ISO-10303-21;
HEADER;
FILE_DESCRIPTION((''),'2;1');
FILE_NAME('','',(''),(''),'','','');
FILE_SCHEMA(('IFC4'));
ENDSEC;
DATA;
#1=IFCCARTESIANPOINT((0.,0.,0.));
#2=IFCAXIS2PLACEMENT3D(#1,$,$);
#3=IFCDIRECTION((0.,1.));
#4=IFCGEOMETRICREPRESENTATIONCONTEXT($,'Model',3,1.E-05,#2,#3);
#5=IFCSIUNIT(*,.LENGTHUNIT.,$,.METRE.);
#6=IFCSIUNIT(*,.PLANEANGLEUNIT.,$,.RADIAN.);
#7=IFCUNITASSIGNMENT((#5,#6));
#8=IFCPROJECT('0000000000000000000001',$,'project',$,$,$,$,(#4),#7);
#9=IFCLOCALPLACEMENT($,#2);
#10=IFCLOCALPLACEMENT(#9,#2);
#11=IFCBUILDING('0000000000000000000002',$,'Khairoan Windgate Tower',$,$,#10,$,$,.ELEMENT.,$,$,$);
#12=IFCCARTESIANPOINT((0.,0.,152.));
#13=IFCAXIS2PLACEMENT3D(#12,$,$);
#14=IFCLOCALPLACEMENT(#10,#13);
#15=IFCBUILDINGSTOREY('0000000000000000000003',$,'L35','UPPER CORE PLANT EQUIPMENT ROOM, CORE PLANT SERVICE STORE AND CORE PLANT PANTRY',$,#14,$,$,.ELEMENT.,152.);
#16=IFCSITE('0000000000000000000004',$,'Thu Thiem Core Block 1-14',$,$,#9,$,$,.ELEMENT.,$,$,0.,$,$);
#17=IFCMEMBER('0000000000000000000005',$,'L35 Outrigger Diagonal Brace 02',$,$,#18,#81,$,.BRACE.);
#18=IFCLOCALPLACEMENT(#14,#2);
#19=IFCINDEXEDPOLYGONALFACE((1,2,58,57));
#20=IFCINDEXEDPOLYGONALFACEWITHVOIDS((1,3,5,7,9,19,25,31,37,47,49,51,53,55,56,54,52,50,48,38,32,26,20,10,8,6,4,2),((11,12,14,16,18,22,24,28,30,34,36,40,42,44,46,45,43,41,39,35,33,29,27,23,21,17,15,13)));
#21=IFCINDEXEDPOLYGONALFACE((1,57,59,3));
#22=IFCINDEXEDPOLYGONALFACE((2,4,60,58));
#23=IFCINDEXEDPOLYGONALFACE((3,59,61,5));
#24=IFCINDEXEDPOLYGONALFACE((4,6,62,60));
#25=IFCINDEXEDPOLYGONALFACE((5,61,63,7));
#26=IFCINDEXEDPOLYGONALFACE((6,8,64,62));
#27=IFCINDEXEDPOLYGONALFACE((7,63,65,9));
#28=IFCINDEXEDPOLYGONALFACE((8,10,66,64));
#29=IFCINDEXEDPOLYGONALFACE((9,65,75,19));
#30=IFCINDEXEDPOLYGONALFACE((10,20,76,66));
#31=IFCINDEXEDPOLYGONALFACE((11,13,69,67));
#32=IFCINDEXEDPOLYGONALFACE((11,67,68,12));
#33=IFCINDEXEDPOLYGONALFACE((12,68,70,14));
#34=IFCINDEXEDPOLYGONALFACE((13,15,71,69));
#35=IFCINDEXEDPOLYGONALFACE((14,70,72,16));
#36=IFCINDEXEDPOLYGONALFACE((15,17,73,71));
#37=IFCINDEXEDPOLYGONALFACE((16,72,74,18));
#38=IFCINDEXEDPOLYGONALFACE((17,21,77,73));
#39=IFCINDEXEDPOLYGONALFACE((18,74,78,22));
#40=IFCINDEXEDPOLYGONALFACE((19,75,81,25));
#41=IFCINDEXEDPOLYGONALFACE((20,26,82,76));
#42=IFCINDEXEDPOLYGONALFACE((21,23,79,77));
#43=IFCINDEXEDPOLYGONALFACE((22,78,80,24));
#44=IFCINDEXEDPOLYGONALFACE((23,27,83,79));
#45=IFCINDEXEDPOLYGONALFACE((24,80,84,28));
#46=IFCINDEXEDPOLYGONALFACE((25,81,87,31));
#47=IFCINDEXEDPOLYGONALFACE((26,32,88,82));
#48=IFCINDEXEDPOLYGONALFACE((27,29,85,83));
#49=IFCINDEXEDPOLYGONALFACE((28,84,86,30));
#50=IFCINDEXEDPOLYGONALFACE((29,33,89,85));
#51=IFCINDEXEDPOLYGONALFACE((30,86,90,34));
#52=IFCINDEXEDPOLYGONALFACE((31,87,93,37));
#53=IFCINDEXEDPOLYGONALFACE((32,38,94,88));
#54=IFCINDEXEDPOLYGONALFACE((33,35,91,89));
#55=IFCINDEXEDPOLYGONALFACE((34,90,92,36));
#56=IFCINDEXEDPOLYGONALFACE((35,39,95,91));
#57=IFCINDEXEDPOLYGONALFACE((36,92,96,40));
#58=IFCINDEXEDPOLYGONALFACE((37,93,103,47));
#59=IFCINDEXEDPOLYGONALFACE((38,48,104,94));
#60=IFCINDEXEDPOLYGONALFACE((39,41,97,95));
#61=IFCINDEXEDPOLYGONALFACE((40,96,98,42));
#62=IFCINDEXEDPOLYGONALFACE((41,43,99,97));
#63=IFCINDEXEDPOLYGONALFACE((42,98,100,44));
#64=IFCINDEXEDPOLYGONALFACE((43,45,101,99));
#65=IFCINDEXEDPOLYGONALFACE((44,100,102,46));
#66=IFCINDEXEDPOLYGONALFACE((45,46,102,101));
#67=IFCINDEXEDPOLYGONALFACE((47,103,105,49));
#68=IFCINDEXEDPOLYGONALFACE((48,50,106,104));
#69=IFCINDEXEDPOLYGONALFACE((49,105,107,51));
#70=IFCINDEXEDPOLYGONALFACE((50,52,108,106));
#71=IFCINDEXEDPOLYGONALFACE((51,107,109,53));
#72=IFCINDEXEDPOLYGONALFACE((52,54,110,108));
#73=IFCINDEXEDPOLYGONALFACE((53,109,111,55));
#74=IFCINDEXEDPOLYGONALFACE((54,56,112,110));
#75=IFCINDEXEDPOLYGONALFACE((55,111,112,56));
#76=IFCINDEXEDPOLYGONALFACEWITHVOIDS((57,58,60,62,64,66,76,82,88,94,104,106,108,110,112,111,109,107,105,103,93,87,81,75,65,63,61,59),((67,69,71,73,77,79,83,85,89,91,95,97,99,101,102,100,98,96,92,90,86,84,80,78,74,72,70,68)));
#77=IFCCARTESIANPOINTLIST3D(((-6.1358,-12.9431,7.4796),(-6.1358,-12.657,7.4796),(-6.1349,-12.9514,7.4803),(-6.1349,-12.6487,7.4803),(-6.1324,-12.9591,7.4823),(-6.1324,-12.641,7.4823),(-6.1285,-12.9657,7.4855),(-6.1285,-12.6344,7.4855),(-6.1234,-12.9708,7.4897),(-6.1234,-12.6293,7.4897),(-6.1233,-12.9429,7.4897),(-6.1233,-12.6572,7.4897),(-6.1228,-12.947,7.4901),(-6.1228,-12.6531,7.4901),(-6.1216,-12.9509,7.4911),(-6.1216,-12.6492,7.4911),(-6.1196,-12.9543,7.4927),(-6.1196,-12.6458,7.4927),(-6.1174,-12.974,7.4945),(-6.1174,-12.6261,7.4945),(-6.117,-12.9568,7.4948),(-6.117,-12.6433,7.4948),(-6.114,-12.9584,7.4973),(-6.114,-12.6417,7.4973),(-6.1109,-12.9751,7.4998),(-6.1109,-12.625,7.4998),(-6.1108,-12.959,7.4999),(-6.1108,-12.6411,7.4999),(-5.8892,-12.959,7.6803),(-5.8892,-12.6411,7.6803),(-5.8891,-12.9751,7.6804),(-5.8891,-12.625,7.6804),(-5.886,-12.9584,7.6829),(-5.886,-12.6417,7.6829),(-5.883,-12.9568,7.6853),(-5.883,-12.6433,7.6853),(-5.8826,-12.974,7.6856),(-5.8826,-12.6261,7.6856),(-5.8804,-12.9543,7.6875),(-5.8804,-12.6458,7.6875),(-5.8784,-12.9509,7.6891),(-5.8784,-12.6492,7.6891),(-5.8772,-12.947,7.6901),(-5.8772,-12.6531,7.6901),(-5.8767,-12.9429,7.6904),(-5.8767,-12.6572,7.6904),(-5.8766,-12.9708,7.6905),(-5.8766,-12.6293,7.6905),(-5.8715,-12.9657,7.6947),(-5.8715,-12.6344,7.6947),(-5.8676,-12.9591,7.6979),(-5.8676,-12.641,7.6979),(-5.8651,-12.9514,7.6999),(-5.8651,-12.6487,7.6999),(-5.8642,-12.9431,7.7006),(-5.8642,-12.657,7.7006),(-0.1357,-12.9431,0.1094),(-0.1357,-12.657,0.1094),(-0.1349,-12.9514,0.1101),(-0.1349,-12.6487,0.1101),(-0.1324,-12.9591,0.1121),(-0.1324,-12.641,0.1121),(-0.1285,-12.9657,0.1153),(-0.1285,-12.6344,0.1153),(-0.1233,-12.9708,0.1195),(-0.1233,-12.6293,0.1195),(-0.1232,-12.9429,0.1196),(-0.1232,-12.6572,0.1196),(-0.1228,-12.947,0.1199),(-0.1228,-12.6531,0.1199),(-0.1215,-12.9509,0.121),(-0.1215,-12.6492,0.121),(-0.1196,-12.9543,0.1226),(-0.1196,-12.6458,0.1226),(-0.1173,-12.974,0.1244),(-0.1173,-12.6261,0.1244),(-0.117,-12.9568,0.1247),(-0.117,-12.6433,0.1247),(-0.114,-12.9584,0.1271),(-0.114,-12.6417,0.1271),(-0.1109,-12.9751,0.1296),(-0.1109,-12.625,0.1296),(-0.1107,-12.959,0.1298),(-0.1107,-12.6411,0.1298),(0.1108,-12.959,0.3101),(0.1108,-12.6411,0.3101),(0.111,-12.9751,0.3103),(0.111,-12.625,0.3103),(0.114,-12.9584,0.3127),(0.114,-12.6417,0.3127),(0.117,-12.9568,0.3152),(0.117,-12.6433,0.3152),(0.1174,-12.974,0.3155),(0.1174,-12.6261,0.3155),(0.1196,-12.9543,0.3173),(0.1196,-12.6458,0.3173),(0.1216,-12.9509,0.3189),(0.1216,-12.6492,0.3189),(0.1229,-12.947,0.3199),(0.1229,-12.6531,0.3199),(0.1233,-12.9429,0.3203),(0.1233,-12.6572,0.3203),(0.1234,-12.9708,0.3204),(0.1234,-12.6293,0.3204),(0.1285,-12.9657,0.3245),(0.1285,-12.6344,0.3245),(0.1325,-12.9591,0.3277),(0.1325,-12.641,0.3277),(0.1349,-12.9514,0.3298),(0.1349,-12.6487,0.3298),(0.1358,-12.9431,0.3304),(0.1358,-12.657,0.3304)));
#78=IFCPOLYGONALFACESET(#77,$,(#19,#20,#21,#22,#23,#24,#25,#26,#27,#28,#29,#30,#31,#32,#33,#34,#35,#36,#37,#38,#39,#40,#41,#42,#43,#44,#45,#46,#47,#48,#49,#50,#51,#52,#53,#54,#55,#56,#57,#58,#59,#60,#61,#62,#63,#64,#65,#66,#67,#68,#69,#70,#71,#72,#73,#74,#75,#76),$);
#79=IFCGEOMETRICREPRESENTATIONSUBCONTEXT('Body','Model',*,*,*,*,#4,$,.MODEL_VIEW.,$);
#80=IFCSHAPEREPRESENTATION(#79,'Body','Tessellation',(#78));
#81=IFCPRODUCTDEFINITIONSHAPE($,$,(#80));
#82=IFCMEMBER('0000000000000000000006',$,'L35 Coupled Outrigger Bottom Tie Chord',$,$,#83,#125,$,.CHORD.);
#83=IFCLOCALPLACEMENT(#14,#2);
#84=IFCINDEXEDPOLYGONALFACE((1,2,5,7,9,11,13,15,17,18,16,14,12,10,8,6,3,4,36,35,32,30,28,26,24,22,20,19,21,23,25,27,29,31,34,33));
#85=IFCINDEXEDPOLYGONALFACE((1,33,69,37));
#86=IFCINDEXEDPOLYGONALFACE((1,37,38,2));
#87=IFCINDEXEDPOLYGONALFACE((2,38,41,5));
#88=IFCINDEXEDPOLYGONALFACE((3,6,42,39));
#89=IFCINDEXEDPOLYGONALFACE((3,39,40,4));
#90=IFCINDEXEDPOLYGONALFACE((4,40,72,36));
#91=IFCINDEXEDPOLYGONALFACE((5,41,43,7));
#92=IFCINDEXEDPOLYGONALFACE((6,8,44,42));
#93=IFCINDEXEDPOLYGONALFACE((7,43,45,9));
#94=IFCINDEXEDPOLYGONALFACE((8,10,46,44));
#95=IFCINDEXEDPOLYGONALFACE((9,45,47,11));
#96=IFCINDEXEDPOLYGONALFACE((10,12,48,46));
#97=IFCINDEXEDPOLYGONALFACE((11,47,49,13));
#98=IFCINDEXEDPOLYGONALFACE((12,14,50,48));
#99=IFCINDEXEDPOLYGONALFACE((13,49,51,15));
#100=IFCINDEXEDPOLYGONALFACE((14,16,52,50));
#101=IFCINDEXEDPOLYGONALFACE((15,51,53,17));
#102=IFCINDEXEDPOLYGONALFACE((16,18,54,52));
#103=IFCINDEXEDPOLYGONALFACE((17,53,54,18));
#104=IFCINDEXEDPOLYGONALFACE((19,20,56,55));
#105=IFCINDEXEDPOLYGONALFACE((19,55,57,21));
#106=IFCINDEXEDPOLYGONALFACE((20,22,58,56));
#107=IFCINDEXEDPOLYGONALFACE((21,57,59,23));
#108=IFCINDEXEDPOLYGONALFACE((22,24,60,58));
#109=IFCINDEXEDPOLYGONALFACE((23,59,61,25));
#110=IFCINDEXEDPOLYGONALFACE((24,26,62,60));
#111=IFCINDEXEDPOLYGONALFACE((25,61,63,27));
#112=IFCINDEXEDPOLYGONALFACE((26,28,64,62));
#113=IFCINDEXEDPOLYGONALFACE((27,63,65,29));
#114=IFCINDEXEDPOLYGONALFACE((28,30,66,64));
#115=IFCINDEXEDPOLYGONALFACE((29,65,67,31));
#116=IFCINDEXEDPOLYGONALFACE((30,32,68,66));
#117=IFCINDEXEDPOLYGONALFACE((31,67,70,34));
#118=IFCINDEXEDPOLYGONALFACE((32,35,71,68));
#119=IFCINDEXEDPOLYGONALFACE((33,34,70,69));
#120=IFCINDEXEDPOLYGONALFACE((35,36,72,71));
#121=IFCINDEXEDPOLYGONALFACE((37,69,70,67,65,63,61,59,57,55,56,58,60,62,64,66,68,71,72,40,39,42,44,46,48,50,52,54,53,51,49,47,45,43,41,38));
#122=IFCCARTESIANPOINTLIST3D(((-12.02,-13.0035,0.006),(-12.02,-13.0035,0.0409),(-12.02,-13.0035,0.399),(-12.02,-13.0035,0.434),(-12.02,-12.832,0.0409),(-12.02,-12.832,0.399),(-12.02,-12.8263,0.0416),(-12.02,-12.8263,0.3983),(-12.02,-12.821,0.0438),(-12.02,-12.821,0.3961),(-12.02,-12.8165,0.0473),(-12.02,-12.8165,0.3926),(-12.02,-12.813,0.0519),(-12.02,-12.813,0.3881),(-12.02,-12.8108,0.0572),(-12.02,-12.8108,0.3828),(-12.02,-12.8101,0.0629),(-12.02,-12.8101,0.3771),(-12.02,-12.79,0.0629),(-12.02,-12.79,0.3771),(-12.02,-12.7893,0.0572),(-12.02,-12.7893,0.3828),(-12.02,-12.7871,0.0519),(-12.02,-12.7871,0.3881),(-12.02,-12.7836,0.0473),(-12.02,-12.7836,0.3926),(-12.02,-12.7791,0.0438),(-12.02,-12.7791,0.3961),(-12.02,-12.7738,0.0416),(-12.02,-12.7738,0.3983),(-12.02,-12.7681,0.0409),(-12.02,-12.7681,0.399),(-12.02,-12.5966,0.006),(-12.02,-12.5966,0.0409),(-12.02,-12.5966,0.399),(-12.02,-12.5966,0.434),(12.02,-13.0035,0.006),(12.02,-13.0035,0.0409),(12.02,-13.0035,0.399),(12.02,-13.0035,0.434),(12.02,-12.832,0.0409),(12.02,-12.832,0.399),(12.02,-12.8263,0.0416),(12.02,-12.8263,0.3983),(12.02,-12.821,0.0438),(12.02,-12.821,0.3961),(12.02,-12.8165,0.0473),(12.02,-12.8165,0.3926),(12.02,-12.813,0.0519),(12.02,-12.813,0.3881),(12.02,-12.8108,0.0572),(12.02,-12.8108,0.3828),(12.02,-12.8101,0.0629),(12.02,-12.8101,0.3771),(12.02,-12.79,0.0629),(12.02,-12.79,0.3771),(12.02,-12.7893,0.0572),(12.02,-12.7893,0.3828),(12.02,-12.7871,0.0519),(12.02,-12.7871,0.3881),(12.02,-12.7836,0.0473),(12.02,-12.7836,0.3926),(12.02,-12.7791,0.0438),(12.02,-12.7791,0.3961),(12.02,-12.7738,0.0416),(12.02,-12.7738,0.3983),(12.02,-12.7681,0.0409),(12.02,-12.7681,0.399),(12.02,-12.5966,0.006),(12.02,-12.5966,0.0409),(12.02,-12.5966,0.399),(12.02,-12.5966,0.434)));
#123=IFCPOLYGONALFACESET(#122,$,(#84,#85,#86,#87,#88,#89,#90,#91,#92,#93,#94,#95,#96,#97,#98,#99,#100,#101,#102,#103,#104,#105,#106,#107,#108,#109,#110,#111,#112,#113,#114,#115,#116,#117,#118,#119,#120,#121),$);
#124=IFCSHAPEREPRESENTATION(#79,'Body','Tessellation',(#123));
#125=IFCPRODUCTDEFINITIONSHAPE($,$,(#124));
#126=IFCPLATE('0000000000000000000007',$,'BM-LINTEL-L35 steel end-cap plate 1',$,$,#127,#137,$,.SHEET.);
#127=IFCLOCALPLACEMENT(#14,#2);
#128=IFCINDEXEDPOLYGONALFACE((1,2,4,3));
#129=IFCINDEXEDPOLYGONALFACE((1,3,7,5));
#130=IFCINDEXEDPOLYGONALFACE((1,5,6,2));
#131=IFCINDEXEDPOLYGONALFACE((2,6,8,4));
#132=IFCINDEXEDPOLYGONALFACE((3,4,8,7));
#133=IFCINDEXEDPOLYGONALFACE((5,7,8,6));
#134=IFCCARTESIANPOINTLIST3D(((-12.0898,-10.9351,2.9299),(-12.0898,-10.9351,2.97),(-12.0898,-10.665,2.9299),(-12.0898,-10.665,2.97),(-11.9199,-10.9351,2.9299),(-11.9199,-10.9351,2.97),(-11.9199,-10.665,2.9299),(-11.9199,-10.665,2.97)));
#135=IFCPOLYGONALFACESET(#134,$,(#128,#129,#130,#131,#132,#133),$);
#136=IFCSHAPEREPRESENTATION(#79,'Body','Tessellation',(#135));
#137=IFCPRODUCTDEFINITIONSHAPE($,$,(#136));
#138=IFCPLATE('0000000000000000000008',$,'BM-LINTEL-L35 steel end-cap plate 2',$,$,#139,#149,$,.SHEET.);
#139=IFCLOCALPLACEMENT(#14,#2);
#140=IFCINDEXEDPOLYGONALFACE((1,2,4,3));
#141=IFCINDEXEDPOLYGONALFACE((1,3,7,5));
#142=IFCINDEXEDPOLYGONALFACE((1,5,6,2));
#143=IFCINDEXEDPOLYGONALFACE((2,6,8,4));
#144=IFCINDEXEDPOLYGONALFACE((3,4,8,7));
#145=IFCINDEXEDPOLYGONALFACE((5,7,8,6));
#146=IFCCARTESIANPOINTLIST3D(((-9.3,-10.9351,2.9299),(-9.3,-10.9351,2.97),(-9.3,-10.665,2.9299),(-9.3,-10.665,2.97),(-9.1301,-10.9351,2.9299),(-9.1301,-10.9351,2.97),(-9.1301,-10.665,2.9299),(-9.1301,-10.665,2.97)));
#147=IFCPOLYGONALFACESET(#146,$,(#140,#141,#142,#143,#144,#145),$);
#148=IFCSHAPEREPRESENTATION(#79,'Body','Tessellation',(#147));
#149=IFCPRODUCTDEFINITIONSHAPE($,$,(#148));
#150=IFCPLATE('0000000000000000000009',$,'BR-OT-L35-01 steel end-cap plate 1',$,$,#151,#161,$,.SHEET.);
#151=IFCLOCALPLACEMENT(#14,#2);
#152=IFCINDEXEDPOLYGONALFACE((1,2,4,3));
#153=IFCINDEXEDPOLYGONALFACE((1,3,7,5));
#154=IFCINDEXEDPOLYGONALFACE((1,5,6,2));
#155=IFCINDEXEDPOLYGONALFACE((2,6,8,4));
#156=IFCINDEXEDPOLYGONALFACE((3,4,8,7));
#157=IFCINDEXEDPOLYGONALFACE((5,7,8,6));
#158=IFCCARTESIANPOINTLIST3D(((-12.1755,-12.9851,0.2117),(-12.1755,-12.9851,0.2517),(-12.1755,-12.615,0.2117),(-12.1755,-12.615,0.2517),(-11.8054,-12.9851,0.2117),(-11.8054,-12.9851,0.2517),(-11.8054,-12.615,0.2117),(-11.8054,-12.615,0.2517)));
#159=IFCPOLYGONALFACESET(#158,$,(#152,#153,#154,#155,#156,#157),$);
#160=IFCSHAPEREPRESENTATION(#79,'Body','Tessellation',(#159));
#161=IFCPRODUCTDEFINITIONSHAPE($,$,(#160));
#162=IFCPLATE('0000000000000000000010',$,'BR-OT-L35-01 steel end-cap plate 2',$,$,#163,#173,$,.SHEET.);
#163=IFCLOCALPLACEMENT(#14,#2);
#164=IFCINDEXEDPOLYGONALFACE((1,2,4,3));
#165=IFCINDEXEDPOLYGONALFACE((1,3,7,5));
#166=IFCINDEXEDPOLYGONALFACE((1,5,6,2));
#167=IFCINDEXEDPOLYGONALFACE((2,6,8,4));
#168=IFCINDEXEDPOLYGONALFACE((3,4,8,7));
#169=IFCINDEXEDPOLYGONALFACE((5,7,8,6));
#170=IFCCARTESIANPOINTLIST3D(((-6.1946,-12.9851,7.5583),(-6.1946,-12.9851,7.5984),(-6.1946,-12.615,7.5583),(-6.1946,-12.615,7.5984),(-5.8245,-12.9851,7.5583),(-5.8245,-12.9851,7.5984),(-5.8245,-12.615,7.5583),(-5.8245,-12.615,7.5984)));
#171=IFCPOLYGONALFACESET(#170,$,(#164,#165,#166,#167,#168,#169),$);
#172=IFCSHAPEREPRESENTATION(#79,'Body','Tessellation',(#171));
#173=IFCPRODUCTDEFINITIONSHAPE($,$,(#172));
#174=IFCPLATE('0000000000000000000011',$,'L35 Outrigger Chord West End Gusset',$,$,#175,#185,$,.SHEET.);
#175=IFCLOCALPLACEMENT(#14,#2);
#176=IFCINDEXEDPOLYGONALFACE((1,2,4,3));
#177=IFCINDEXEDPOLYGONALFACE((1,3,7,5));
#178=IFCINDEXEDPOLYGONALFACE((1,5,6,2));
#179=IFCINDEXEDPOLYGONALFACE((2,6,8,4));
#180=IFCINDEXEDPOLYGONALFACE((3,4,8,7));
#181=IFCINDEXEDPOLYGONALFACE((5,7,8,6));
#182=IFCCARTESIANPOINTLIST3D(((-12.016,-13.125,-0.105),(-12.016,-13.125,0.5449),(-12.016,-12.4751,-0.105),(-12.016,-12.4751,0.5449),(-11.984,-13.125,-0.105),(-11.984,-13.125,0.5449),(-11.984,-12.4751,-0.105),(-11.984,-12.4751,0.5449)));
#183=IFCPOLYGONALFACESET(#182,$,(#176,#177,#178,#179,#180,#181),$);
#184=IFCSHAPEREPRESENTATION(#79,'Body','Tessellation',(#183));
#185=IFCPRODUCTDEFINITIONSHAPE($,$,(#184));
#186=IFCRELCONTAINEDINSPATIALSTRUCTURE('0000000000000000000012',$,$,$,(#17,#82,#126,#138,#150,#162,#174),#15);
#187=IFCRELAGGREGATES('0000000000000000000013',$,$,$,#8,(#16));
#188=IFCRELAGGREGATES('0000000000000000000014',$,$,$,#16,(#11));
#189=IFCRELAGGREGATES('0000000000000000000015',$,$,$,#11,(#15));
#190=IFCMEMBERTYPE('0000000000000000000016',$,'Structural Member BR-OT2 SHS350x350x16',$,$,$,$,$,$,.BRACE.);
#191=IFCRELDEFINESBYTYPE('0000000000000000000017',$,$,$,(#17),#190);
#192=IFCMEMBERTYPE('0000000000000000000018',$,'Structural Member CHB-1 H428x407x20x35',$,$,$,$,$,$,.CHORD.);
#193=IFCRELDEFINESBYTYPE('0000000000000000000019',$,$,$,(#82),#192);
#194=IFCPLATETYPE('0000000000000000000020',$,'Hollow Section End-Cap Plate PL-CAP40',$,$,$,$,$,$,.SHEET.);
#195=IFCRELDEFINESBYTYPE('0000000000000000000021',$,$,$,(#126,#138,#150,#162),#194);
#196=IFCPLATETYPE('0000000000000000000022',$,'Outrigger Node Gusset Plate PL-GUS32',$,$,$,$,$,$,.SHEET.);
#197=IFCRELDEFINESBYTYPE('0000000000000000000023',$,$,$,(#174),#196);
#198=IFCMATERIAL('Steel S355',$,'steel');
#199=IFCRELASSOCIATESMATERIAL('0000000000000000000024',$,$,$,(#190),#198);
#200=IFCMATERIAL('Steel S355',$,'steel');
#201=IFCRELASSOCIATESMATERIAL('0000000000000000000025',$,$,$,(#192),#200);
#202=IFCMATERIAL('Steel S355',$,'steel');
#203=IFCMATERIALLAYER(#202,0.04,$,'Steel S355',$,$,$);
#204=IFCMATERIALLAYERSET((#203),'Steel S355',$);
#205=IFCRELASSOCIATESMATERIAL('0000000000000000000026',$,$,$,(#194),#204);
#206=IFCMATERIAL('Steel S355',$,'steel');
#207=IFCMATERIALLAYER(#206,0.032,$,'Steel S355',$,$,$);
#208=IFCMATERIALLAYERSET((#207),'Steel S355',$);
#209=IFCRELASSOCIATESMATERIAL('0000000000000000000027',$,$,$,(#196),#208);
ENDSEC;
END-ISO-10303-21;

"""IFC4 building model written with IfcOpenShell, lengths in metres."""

from ifc_helpers import new_model, si_unit, direction, frame, origin, origin_2d, place, context, subcontext, project, spatial, rectangle, hollow_rectangle, i_section, extrude, material, layer, layer_set, material_profile, profile_set, type_object, element, save


model = new_model("IFC4")

# Units and contexts
model_context = context("Model", 3, precision=1e-05, world=origin(), true_north=direction((0.0, 1.0)))
body_context = subcontext(model_context, "Body", "Model", "MODEL_VIEW")
ifc_project = project(units=[si_unit("LENGTHUNIT", "METRE"), si_unit("PLANEANGLEUNIT", "RADIAN")], contexts=[model_context])

# Site, building, storey
site_placement = place(None, origin())
site = spatial("IfcSite", under=ifc_project, at=site_placement, Name="Thu Thiem Core Block 1-14", CompositionType="ELEMENT", RefElevation=0.0)
building_placement = place(site_placement, origin())
building = spatial("IfcBuilding", under=site, at=building_placement, Name="Khairoan Windgate Tower", CompositionType="ELEMENT")
storey_placement = place(building_placement, frame((0.0, 0.0, 152.0)))
storey = spatial("IfcBuildingStorey", under=building, at=storey_placement, Name="L35", Description="UPPER CORE PLANT EQUIPMENT ROOM, CORE PLANT SERVICE STORE AND CORE PLANT PANTRY", CompositionType="ELEMENT", Elevation=152.0)

# Members
ifc_material_1 = material(Name="Steel S355", Category="steel")
ifc_material_profile_1 = material_profile(ifc_material_1, hollow_rectangle(XDim=0.3501, YDim=0.3501, WallThickness=0.0161, InnerFilletRadius=0.0161, OuterFilletRadius=0.032, at=origin_2d()))
ifc_profile_set_1 = profile_set([ifc_material_profile_1], Name="Steel S355")
member_type_1 = type_object("IfcMemberType", Name="Structural Member BR-OT2 SHS350x350x16", PredefinedType="BRACE", material=ifc_profile_set_1)
for number, where, z_axis, x_axis, name in (
    (1, (-6.0, -12.8, 7.5901), (0.631339, 0.0, -0.775507), (0.0, 1.0, 0.0), "L35 Outrigger Diagonal Brace 02"),
):
    element("IfcMember", number, at=place(storey_placement, frame(where, z_axis=z_axis, x_axis=x_axis)), inside=storey, type_object=member_type_1, Name=name, PredefinedType="BRACE", context=body_context, shape_type="SweptSolid", body=[
        extrude(hollow_rectangle(XDim=0.3501, YDim=0.3501, WallThickness=0.0161, InnerFilletRadius=0.0161, OuterFilletRadius=0.032, at=origin_2d()), origin(), (0.0, 0.0, 1.0), 9.5037),
    ])
ifc_material_2 = material(Name="Steel S355", Category="steel")
ifc_material_profile_2 = material_profile(ifc_material_2, i_section(OverallWidth=0.407, OverallDepth=0.428, WebThickness=0.02, FlangeThickness=0.0349, FilletRadius=0.022, at=origin_2d()))
ifc_profile_set_2 = profile_set([ifc_material_profile_2], Name="Steel S355")
member_type_2 = type_object("IfcMemberType", Name="Structural Member CHB-1 H428x407x20x35", PredefinedType="CHORD", material=ifc_profile_set_2)
member_placement = place(storey_placement, frame((-12.02, -12.8, 0.22), z_axis=(1.0, 0.0, 0.0), x_axis=(0.0, 1.0, 0.0)))
element("IfcMember", 2, at=member_placement, inside=storey, type_object=member_type_2, Name="L35 Coupled Outrigger Bottom Tie Chord", PredefinedType="CHORD", context=body_context, shape_type="SweptSolid", body=[
    extrude(i_section(OverallWidth=0.407, OverallDepth=0.428, WebThickness=0.02, FlangeThickness=0.0349, FilletRadius=0.022, at=origin_2d()), origin(), (0.0, 0.0, 1.0), 24.04),
])

# Plates
ifc_material_3 = material(Name="Steel S355", Category="steel")
ifc_layer_1 = layer(ifc_material_3, 0.04, Name="Steel S355")
ifc_layer_set_1 = layer_set([ifc_layer_1], Name="Steel S355")
plate_type_1 = type_object("IfcPlateType", Name="Hollow Section End-Cap Plate PL-CAP40", PredefinedType="SHEET", material=ifc_layer_set_1)
for number, where, z_axis, x_axis, name in (
    (3, (-12.0049, -10.8, 2.9299), (0.0, 0.0, 1.0), (1.0, 0.0, 0.0), "BM-LINTEL-L35 steel end-cap plate 1"),
    (4, (-9.2151, -10.8, 2.9299), (0.0, 0.0, 1.0), (1.0, 0.0, 0.0), "BM-LINTEL-L35 steel end-cap plate 2"),
):
    element("IfcPlate", number, at=place(storey_placement, frame(where, z_axis=z_axis, x_axis=x_axis)), inside=storey, type_object=plate_type_1, Name=name, PredefinedType="SHEET", context=body_context, shape_type="SweptSolid", body=[
        extrude(rectangle(XDim=0.1699, YDim=0.27, at=origin_2d()), origin(), (0.0, 0.0, 1.0), 0.04),
    ])
for number, where, z_axis, x_axis, name in (
    (5, (-11.9905, -12.8, 0.2117), (0.0, 0.0, 1.0), (1.0, 0.0, 0.0), "BR-OT-L35-01 steel end-cap plate 1"),
    (6, (-6.0095, -12.8, 7.5583), (0.0, 0.0, 1.0), (1.0, 0.0, 0.0), "BR-OT-L35-01 steel end-cap plate 2"),
):
    element("IfcPlate", number, at=place(storey_placement, frame(where, z_axis=z_axis, x_axis=x_axis)), inside=storey, type_object=plate_type_1, Name=name, PredefinedType="SHEET", context=body_context, shape_type="SweptSolid", body=[
        extrude(rectangle(XDim=0.3701, YDim=0.3701, at=origin_2d()), origin(), (0.0, 0.0, 1.0), 0.04),
    ])
ifc_material_4 = material(Name="Steel S355", Category="steel")
ifc_layer_2 = layer(ifc_material_4, 0.032, Name="Steel S355")
ifc_layer_set_2 = layer_set([ifc_layer_2], Name="Steel S355")
plate_type_2 = type_object("IfcPlateType", Name="Outrigger Node Gusset Plate PL-GUS32", PredefinedType="SHEET", material=ifc_layer_set_2)
plate_placement = place(storey_placement, frame((-12.0, -12.8, -0.105), z_axis=(0.0, 0.0, 1.0), x_axis=(1.0, 0.0, 0.0)))
element("IfcPlate", 7, at=plate_placement, inside=storey, type_object=plate_type_2, Name="L35 Outrigger Chord West End Gusset", PredefinedType="SHEET", context=body_context, shape_type="SweptSolid", body=[
    extrude(rectangle(XDim=0.032, YDim=0.6499, at=origin_2d()), origin(), (0.0, 0.0, 1.0), 0.6499),
])

save(model, "model.ifc")
